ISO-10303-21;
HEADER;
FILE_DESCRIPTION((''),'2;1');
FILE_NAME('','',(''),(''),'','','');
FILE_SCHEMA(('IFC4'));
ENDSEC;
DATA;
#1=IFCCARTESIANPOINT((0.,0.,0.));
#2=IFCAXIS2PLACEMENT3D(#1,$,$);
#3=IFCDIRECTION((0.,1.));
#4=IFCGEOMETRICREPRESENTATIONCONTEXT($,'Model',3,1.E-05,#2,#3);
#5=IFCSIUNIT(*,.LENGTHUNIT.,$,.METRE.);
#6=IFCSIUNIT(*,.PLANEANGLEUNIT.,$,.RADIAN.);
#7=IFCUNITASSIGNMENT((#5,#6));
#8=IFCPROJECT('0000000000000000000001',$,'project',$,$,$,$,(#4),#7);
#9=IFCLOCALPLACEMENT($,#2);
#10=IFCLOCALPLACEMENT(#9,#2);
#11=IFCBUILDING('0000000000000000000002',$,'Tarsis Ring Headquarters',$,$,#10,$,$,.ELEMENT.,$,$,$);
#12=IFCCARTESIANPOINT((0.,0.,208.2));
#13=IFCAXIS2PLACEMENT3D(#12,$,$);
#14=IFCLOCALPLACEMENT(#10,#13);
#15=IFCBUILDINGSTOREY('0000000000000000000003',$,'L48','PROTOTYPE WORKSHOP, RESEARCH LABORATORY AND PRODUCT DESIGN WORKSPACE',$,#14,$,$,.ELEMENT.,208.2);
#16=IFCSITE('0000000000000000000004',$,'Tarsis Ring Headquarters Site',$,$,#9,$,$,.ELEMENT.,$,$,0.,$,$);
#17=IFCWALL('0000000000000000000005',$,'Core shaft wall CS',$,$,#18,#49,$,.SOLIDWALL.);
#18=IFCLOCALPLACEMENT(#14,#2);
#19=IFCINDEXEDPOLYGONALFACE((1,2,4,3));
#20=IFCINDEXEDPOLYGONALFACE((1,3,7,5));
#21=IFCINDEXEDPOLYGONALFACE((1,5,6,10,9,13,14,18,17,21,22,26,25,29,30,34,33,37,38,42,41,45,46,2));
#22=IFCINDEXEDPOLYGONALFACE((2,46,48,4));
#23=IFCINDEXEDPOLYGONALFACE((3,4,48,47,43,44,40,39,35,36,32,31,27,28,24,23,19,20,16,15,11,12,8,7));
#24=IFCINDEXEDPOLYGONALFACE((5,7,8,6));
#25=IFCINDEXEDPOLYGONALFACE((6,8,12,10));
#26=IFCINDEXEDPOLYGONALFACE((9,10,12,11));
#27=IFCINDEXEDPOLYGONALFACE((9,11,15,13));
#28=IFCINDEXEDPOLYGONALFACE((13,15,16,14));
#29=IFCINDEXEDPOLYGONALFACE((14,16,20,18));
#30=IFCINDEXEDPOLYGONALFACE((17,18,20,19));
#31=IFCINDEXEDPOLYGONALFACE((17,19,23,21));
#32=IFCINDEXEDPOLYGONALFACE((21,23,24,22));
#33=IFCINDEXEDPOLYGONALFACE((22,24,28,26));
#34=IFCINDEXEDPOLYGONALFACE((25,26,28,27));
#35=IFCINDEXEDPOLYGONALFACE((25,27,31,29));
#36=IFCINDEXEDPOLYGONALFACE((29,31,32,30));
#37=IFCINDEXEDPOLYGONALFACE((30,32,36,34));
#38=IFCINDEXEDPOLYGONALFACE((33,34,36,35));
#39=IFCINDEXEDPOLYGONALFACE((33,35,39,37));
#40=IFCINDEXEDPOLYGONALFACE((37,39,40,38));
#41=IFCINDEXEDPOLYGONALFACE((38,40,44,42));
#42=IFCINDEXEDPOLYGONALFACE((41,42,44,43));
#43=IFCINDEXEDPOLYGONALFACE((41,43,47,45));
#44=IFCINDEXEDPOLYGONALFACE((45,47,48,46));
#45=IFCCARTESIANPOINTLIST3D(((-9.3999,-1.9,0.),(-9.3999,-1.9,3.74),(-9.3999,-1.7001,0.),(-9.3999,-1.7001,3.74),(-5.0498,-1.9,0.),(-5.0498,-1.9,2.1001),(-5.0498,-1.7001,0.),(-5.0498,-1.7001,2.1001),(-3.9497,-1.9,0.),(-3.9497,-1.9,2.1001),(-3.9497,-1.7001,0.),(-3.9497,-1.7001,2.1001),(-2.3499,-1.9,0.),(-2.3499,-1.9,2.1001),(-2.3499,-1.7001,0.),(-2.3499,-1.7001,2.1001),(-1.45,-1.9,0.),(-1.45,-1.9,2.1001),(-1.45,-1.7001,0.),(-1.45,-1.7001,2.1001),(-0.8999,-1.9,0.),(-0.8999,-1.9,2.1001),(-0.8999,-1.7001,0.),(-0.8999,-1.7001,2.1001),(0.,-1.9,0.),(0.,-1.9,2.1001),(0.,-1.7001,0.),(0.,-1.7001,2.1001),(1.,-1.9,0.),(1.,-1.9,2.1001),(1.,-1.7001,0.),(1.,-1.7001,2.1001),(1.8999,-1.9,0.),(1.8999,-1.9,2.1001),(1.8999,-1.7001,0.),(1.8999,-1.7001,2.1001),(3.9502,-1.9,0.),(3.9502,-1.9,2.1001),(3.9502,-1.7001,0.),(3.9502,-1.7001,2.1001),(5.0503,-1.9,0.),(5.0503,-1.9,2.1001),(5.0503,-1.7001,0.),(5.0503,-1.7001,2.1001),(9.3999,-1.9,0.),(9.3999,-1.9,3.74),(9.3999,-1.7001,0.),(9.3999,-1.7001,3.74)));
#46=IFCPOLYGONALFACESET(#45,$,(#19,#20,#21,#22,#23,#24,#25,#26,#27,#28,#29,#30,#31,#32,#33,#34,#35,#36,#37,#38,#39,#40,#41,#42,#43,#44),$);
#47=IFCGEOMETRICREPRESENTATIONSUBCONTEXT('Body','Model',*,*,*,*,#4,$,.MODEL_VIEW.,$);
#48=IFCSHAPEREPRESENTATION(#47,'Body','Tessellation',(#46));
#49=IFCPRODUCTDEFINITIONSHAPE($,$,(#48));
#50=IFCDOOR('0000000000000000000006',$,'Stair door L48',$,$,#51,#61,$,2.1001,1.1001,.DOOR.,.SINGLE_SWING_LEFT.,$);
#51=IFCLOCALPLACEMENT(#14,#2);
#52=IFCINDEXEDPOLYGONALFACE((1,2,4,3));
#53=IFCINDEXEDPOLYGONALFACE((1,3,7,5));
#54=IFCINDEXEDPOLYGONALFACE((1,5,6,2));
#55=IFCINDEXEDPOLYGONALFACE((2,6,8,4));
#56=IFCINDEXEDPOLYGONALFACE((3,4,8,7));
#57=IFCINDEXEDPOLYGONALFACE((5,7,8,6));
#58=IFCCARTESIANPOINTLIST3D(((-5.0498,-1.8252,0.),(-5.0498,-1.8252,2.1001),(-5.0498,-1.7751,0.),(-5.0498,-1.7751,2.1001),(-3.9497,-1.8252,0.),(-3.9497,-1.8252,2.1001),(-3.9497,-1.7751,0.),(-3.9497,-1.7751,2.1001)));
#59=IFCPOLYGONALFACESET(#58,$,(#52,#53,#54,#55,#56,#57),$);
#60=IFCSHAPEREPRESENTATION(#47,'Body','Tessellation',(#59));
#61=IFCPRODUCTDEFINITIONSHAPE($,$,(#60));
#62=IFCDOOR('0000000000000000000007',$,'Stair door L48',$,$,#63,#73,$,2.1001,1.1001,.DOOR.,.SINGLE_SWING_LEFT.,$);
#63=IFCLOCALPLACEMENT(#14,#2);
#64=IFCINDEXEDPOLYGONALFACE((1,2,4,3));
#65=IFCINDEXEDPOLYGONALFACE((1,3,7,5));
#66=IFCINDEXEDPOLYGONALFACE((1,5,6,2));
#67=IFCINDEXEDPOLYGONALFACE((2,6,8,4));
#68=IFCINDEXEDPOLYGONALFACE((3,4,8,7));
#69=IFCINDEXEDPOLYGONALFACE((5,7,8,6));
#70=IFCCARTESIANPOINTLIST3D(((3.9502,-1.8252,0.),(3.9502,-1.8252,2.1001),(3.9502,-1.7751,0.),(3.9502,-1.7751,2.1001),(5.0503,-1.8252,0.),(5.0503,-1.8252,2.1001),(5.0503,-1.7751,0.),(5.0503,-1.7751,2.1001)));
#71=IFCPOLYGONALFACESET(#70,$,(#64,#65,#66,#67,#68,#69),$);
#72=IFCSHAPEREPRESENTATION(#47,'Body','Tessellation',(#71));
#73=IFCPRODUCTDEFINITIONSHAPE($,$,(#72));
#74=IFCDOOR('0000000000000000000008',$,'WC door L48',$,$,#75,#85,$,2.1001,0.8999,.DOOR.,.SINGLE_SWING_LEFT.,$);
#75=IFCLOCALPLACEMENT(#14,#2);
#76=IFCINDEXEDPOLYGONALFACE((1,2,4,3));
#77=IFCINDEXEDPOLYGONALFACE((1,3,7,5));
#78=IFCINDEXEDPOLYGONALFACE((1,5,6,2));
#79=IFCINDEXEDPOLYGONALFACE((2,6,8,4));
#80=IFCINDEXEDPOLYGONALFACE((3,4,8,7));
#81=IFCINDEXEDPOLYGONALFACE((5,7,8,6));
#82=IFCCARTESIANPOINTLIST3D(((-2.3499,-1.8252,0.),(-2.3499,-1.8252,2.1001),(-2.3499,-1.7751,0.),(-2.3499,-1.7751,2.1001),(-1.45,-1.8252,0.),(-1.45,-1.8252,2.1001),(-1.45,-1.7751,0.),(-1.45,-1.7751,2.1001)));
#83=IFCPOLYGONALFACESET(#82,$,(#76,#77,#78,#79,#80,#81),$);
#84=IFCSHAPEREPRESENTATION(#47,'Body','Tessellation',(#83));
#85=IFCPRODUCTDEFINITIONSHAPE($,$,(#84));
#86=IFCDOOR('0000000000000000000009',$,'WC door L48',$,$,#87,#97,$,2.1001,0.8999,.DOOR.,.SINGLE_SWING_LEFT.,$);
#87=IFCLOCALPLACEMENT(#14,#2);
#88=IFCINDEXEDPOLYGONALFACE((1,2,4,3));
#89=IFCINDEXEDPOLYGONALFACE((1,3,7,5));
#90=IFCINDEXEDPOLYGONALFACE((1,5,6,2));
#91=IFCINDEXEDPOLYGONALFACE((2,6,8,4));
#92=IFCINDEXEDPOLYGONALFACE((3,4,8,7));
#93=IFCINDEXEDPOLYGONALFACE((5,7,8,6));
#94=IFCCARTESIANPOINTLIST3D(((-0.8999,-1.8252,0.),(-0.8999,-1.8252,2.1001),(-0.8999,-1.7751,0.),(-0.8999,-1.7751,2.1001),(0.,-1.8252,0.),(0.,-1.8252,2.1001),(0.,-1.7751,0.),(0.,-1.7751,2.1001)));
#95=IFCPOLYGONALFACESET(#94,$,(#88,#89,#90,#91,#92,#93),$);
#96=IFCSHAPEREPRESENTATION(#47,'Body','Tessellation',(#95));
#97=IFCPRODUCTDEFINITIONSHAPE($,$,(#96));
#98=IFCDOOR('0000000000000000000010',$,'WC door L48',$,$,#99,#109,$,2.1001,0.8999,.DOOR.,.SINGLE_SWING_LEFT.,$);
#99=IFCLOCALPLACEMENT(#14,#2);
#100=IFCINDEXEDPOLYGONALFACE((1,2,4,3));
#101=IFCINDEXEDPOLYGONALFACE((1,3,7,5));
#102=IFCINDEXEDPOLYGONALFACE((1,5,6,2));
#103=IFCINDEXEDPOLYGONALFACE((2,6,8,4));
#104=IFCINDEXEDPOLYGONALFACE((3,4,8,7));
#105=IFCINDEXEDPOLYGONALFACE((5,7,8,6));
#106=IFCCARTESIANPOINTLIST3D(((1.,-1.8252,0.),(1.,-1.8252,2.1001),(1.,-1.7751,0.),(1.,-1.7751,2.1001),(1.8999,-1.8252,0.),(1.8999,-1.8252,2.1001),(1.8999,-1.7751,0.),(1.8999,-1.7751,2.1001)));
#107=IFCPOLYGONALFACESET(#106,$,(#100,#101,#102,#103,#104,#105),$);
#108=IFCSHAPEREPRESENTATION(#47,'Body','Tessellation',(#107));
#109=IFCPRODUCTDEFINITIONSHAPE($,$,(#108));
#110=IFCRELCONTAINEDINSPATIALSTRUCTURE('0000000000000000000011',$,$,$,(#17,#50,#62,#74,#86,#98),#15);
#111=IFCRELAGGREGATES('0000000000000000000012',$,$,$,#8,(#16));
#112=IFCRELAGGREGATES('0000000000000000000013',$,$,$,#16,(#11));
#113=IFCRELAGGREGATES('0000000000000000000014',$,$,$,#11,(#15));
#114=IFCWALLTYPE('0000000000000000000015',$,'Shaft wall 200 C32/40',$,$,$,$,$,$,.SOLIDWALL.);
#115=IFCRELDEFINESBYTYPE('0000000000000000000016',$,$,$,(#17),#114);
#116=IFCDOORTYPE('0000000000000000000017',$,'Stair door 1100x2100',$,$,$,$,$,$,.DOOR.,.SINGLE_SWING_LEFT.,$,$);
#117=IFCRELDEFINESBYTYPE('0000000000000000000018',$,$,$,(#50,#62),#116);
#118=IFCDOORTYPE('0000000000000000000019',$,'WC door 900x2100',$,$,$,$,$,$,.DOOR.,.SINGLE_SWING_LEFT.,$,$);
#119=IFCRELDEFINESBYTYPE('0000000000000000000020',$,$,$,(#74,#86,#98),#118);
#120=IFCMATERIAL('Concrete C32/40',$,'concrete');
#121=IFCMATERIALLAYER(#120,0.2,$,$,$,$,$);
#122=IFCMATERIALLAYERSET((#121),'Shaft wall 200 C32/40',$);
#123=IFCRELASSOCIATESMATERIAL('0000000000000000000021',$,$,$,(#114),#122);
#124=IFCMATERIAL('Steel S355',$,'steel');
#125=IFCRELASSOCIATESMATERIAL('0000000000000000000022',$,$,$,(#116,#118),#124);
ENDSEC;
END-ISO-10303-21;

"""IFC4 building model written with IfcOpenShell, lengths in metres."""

from ifc_helpers import new_model, si_unit, direction, frame, frame_2d, origin, place, context, subcontext, project, spatial, rectangle, extrude, material, layer, layer_set, type_object, element, fill, save


model = new_model("IFC4")

# Units and contexts
model_context = context("Model", 3, precision=1e-05, world=origin(), true_north=direction((0.0, 1.0)))
body_context = subcontext(model_context, "Body", "Model", "MODEL_VIEW")
ifc_project = project(units=[si_unit("LENGTHUNIT", "METRE"), si_unit("PLANEANGLEUNIT", "RADIAN")], contexts=[model_context])

# Site, building, storey
site_placement = place(None, origin())
site = spatial("IfcSite", under=ifc_project, at=site_placement, Name="Tarsis Ring Headquarters Site", CompositionType="ELEMENT", RefElevation=0.0)
building_placement = place(site_placement, origin())
building = spatial("IfcBuilding", under=site, at=building_placement, Name="Tarsis Ring Headquarters", CompositionType="ELEMENT")
storey_placement = place(building_placement, frame((0.0, 0.0, 208.2)))
storey = spatial("IfcBuildingStorey", under=building, at=storey_placement, Name="L48", Description="PROTOTYPE WORKSHOP, RESEARCH LABORATORY AND PRODUCT DESIGN WORKSPACE", CompositionType="ELEMENT", Elevation=208.2)

# Shared definitions
ifc_material_1 = material(Name="Steel S355", Category="steel")

# Wall, openings, doors
ifc_material_2 = material(Name="Concrete C32/40", Category="concrete")
ifc_layer_1 = layer(ifc_material_2, 0.2)
ifc_layer_set_1 = layer_set([ifc_layer_1], Name="Shaft wall 200 C32/40")
wall_type_1 = type_object("IfcWallType", Name="Shaft wall 200 C32/40", PredefinedType="SOLIDWALL", material=ifc_layer_set_1)
door_type_1 = type_object("IfcDoorType", Name="Stair door 1100x2100", OperationType="SINGLE_SWING_LEFT", PredefinedType="DOOR", material=ifc_material_1)
wall_1_placement = place(storey_placement, frame((-9.3999, -1.8, 0.0), z_axis=(0.0, 0.0, 1.0), x_axis=(1.0, 0.0, 0.0)))
wall_1 = element("IfcWall", 1, at=wall_1_placement, inside=storey, type_object=wall_type_1, Name="Core shaft wall CS", PredefinedType="SOLIDWALL", context=body_context, shape_type="SweptSolid", body=[
    extrude(rectangle(XDim=18.7998, YDim=0.2, at=frame_2d((9.3999, 0.0))), origin(), (0.0, 0.0, 1.0), 3.74),
])
opening_1_placement = place(wall_1_placement, frame((4.3501, 0.0, 0.0)))
opening_1 = element("IfcOpeningElement", 2, at=opening_1_placement, cuts=wall_1, PredefinedType="OPENING", context=body_context, shape_type="SweptSolid", body=[
    extrude(rectangle(XDim=1.1001, YDim=2.1001, at=frame_2d((0.55, 1.05))), frame((0.0, 0.1099, 0.0), z_axis=(0.0, -1.0, 0.0), x_axis=(1.0, 0.0, 0.0)), (0.0, 0.0, 1.0), 0.22),
])
opening_2_placement = place(wall_1_placement, frame((7.05, 0.0, 0.0)))
opening_2 = element("IfcOpeningElement", 3, at=opening_2_placement, cuts=wall_1, PredefinedType="OPENING", context=body_context, shape_type="SweptSolid", body=[
    extrude(rectangle(XDim=0.8999, YDim=2.1001, at=frame_2d((0.45, 1.05))), frame((0.0, 0.1099, 0.0), z_axis=(0.0, -1.0, 0.0), x_axis=(1.0, 0.0, 0.0)), (0.0, 0.0, 1.0), 0.22),
])
opening_3_placement = place(wall_1_placement, frame((8.5, 0.0, 0.0)))
opening_3 = element("IfcOpeningElement", 4, at=opening_3_placement, cuts=wall_1, PredefinedType="OPENING", context=body_context, shape_type="SweptSolid", body=[
    extrude(rectangle(XDim=0.8999, YDim=2.1001, at=frame_2d((0.45, 1.05))), frame((0.0, 0.1099, 0.0), z_axis=(0.0, -1.0, 0.0), x_axis=(1.0, 0.0, 0.0)), (0.0, 0.0, 1.0), 0.22),
])
opening_4_placement = place(wall_1_placement, frame((10.3999, 0.0, 0.0)))
opening_4 = element("IfcOpeningElement", 5, at=opening_4_placement, cuts=wall_1, PredefinedType="OPENING", context=body_context, shape_type="SweptSolid", body=[
    extrude(rectangle(XDim=0.8999, YDim=2.1001, at=frame_2d((0.45, 1.05))), frame((0.0, 0.1099, 0.0), z_axis=(0.0, -1.0, 0.0), x_axis=(1.0, 0.0, 0.0)), (0.0, 0.0, 1.0), 0.22),
])
opening_5_placement = place(wall_1_placement, frame((13.3501, 0.0, 0.0)))
opening_5 = element("IfcOpeningElement", 6, at=opening_5_placement, cuts=wall_1, PredefinedType="OPENING", context=body_context, shape_type="SweptSolid", body=[
    extrude(rectangle(XDim=1.1001, YDim=2.1001, at=frame_2d((0.55, 1.05))), frame((0.0, 0.1099, 0.0), z_axis=(0.0, -1.0, 0.0), x_axis=(1.0, 0.0, 0.0)), (0.0, 0.0, 1.0), 0.22),
])
door_1_placement = place(opening_1_placement, origin())
door_1 = element("IfcDoor", 7, at=door_1_placement, inside=storey, type_object=door_type_1, Name="Stair door L48", OperationType="SINGLE_SWING_LEFT", OverallHeight=2.1001, OverallWidth=1.1001, PredefinedType="DOOR", context=body_context, shape_type="SweptSolid", body=[
    extrude(rectangle(XDim=1.1001, YDim=2.1001, at=frame_2d((0.55, 1.05))), frame((0.0, 0.0249, 0.0), z_axis=(0.0, -1.0, 0.0), x_axis=(1.0, 0.0, 0.0)), (0.0, 0.0, 1.0), 0.05),
])
fill(opening_1, door_1)
door_2_placement = place(opening_5_placement, origin())
door_2 = element("IfcDoor", 8, at=door_2_placement, inside=storey, type_object=door_type_1, Name="Stair door L48", OperationType="SINGLE_SWING_LEFT", OverallHeight=2.1001, OverallWidth=1.1001, PredefinedType="DOOR", context=body_context, shape_type="SweptSolid", body=[
    extrude(rectangle(XDim=1.1001, YDim=2.1001, at=frame_2d((0.55, 1.05))), frame((0.0, 0.0249, 0.0), z_axis=(0.0, -1.0, 0.0), x_axis=(1.0, 0.0, 0.0)), (0.0, 0.0, 1.0), 0.05),
])
fill(opening_5, door_2)
door_type_2 = type_object("IfcDoorType", Name="WC door 900x2100", OperationType="SINGLE_SWING_LEFT", PredefinedType="DOOR", material=ifc_material_1)
door_3_placement = place(opening_2_placement, origin())
door_3 = element("IfcDoor", 9, at=door_3_placement, inside=storey, type_object=door_type_2, Name="WC door L48", OperationType="SINGLE_SWING_LEFT", OverallHeight=2.1001, OverallWidth=0.8999, PredefinedType="DOOR", context=body_context, shape_type="SweptSolid", body=[
    extrude(rectangle(XDim=0.8999, YDim=2.1001, at=frame_2d((0.45, 1.05))), frame((0.0, 0.0249, 0.0), z_axis=(0.0, -1.0, 0.0), x_axis=(1.0, 0.0, 0.0)), (0.0, 0.0, 1.0), 0.05),
])
fill(opening_2, door_3)
door_4_placement = place(opening_3_placement, origin())
door_4 = element("IfcDoor", 10, at=door_4_placement, inside=storey, type_object=door_type_2, Name="WC door L48", OperationType="SINGLE_SWING_LEFT", OverallHeight=2.1001, OverallWidth=0.8999, PredefinedType="DOOR", context=body_context, shape_type="SweptSolid", body=[
    extrude(rectangle(XDim=0.8999, YDim=2.1001, at=frame_2d((0.45, 1.05))), frame((0.0, 0.0249, 0.0), z_axis=(0.0, -1.0, 0.0), x_axis=(1.0, 0.0, 0.0)), (0.0, 0.0, 1.0), 0.05),
])
fill(opening_3, door_4)
door_5_placement = place(opening_4_placement, origin())
door_5 = element("IfcDoor", 11, at=door_5_placement, inside=storey, type_object=door_type_2, Name="WC door L48", OperationType="SINGLE_SWING_LEFT", OverallHeight=2.1001, OverallWidth=0.8999, PredefinedType="DOOR", context=body_context, shape_type="SweptSolid", body=[
    extrude(rectangle(XDim=0.8999, YDim=2.1001, at=frame_2d((0.45, 1.05))), frame((0.0, 0.0249, 0.0), z_axis=(0.0, -1.0, 0.0), x_axis=(1.0, 0.0, 0.0)), (0.0, 0.0, 1.0), 0.05),
])
fill(opening_4, door_5)

save(model, "model.ifc")
